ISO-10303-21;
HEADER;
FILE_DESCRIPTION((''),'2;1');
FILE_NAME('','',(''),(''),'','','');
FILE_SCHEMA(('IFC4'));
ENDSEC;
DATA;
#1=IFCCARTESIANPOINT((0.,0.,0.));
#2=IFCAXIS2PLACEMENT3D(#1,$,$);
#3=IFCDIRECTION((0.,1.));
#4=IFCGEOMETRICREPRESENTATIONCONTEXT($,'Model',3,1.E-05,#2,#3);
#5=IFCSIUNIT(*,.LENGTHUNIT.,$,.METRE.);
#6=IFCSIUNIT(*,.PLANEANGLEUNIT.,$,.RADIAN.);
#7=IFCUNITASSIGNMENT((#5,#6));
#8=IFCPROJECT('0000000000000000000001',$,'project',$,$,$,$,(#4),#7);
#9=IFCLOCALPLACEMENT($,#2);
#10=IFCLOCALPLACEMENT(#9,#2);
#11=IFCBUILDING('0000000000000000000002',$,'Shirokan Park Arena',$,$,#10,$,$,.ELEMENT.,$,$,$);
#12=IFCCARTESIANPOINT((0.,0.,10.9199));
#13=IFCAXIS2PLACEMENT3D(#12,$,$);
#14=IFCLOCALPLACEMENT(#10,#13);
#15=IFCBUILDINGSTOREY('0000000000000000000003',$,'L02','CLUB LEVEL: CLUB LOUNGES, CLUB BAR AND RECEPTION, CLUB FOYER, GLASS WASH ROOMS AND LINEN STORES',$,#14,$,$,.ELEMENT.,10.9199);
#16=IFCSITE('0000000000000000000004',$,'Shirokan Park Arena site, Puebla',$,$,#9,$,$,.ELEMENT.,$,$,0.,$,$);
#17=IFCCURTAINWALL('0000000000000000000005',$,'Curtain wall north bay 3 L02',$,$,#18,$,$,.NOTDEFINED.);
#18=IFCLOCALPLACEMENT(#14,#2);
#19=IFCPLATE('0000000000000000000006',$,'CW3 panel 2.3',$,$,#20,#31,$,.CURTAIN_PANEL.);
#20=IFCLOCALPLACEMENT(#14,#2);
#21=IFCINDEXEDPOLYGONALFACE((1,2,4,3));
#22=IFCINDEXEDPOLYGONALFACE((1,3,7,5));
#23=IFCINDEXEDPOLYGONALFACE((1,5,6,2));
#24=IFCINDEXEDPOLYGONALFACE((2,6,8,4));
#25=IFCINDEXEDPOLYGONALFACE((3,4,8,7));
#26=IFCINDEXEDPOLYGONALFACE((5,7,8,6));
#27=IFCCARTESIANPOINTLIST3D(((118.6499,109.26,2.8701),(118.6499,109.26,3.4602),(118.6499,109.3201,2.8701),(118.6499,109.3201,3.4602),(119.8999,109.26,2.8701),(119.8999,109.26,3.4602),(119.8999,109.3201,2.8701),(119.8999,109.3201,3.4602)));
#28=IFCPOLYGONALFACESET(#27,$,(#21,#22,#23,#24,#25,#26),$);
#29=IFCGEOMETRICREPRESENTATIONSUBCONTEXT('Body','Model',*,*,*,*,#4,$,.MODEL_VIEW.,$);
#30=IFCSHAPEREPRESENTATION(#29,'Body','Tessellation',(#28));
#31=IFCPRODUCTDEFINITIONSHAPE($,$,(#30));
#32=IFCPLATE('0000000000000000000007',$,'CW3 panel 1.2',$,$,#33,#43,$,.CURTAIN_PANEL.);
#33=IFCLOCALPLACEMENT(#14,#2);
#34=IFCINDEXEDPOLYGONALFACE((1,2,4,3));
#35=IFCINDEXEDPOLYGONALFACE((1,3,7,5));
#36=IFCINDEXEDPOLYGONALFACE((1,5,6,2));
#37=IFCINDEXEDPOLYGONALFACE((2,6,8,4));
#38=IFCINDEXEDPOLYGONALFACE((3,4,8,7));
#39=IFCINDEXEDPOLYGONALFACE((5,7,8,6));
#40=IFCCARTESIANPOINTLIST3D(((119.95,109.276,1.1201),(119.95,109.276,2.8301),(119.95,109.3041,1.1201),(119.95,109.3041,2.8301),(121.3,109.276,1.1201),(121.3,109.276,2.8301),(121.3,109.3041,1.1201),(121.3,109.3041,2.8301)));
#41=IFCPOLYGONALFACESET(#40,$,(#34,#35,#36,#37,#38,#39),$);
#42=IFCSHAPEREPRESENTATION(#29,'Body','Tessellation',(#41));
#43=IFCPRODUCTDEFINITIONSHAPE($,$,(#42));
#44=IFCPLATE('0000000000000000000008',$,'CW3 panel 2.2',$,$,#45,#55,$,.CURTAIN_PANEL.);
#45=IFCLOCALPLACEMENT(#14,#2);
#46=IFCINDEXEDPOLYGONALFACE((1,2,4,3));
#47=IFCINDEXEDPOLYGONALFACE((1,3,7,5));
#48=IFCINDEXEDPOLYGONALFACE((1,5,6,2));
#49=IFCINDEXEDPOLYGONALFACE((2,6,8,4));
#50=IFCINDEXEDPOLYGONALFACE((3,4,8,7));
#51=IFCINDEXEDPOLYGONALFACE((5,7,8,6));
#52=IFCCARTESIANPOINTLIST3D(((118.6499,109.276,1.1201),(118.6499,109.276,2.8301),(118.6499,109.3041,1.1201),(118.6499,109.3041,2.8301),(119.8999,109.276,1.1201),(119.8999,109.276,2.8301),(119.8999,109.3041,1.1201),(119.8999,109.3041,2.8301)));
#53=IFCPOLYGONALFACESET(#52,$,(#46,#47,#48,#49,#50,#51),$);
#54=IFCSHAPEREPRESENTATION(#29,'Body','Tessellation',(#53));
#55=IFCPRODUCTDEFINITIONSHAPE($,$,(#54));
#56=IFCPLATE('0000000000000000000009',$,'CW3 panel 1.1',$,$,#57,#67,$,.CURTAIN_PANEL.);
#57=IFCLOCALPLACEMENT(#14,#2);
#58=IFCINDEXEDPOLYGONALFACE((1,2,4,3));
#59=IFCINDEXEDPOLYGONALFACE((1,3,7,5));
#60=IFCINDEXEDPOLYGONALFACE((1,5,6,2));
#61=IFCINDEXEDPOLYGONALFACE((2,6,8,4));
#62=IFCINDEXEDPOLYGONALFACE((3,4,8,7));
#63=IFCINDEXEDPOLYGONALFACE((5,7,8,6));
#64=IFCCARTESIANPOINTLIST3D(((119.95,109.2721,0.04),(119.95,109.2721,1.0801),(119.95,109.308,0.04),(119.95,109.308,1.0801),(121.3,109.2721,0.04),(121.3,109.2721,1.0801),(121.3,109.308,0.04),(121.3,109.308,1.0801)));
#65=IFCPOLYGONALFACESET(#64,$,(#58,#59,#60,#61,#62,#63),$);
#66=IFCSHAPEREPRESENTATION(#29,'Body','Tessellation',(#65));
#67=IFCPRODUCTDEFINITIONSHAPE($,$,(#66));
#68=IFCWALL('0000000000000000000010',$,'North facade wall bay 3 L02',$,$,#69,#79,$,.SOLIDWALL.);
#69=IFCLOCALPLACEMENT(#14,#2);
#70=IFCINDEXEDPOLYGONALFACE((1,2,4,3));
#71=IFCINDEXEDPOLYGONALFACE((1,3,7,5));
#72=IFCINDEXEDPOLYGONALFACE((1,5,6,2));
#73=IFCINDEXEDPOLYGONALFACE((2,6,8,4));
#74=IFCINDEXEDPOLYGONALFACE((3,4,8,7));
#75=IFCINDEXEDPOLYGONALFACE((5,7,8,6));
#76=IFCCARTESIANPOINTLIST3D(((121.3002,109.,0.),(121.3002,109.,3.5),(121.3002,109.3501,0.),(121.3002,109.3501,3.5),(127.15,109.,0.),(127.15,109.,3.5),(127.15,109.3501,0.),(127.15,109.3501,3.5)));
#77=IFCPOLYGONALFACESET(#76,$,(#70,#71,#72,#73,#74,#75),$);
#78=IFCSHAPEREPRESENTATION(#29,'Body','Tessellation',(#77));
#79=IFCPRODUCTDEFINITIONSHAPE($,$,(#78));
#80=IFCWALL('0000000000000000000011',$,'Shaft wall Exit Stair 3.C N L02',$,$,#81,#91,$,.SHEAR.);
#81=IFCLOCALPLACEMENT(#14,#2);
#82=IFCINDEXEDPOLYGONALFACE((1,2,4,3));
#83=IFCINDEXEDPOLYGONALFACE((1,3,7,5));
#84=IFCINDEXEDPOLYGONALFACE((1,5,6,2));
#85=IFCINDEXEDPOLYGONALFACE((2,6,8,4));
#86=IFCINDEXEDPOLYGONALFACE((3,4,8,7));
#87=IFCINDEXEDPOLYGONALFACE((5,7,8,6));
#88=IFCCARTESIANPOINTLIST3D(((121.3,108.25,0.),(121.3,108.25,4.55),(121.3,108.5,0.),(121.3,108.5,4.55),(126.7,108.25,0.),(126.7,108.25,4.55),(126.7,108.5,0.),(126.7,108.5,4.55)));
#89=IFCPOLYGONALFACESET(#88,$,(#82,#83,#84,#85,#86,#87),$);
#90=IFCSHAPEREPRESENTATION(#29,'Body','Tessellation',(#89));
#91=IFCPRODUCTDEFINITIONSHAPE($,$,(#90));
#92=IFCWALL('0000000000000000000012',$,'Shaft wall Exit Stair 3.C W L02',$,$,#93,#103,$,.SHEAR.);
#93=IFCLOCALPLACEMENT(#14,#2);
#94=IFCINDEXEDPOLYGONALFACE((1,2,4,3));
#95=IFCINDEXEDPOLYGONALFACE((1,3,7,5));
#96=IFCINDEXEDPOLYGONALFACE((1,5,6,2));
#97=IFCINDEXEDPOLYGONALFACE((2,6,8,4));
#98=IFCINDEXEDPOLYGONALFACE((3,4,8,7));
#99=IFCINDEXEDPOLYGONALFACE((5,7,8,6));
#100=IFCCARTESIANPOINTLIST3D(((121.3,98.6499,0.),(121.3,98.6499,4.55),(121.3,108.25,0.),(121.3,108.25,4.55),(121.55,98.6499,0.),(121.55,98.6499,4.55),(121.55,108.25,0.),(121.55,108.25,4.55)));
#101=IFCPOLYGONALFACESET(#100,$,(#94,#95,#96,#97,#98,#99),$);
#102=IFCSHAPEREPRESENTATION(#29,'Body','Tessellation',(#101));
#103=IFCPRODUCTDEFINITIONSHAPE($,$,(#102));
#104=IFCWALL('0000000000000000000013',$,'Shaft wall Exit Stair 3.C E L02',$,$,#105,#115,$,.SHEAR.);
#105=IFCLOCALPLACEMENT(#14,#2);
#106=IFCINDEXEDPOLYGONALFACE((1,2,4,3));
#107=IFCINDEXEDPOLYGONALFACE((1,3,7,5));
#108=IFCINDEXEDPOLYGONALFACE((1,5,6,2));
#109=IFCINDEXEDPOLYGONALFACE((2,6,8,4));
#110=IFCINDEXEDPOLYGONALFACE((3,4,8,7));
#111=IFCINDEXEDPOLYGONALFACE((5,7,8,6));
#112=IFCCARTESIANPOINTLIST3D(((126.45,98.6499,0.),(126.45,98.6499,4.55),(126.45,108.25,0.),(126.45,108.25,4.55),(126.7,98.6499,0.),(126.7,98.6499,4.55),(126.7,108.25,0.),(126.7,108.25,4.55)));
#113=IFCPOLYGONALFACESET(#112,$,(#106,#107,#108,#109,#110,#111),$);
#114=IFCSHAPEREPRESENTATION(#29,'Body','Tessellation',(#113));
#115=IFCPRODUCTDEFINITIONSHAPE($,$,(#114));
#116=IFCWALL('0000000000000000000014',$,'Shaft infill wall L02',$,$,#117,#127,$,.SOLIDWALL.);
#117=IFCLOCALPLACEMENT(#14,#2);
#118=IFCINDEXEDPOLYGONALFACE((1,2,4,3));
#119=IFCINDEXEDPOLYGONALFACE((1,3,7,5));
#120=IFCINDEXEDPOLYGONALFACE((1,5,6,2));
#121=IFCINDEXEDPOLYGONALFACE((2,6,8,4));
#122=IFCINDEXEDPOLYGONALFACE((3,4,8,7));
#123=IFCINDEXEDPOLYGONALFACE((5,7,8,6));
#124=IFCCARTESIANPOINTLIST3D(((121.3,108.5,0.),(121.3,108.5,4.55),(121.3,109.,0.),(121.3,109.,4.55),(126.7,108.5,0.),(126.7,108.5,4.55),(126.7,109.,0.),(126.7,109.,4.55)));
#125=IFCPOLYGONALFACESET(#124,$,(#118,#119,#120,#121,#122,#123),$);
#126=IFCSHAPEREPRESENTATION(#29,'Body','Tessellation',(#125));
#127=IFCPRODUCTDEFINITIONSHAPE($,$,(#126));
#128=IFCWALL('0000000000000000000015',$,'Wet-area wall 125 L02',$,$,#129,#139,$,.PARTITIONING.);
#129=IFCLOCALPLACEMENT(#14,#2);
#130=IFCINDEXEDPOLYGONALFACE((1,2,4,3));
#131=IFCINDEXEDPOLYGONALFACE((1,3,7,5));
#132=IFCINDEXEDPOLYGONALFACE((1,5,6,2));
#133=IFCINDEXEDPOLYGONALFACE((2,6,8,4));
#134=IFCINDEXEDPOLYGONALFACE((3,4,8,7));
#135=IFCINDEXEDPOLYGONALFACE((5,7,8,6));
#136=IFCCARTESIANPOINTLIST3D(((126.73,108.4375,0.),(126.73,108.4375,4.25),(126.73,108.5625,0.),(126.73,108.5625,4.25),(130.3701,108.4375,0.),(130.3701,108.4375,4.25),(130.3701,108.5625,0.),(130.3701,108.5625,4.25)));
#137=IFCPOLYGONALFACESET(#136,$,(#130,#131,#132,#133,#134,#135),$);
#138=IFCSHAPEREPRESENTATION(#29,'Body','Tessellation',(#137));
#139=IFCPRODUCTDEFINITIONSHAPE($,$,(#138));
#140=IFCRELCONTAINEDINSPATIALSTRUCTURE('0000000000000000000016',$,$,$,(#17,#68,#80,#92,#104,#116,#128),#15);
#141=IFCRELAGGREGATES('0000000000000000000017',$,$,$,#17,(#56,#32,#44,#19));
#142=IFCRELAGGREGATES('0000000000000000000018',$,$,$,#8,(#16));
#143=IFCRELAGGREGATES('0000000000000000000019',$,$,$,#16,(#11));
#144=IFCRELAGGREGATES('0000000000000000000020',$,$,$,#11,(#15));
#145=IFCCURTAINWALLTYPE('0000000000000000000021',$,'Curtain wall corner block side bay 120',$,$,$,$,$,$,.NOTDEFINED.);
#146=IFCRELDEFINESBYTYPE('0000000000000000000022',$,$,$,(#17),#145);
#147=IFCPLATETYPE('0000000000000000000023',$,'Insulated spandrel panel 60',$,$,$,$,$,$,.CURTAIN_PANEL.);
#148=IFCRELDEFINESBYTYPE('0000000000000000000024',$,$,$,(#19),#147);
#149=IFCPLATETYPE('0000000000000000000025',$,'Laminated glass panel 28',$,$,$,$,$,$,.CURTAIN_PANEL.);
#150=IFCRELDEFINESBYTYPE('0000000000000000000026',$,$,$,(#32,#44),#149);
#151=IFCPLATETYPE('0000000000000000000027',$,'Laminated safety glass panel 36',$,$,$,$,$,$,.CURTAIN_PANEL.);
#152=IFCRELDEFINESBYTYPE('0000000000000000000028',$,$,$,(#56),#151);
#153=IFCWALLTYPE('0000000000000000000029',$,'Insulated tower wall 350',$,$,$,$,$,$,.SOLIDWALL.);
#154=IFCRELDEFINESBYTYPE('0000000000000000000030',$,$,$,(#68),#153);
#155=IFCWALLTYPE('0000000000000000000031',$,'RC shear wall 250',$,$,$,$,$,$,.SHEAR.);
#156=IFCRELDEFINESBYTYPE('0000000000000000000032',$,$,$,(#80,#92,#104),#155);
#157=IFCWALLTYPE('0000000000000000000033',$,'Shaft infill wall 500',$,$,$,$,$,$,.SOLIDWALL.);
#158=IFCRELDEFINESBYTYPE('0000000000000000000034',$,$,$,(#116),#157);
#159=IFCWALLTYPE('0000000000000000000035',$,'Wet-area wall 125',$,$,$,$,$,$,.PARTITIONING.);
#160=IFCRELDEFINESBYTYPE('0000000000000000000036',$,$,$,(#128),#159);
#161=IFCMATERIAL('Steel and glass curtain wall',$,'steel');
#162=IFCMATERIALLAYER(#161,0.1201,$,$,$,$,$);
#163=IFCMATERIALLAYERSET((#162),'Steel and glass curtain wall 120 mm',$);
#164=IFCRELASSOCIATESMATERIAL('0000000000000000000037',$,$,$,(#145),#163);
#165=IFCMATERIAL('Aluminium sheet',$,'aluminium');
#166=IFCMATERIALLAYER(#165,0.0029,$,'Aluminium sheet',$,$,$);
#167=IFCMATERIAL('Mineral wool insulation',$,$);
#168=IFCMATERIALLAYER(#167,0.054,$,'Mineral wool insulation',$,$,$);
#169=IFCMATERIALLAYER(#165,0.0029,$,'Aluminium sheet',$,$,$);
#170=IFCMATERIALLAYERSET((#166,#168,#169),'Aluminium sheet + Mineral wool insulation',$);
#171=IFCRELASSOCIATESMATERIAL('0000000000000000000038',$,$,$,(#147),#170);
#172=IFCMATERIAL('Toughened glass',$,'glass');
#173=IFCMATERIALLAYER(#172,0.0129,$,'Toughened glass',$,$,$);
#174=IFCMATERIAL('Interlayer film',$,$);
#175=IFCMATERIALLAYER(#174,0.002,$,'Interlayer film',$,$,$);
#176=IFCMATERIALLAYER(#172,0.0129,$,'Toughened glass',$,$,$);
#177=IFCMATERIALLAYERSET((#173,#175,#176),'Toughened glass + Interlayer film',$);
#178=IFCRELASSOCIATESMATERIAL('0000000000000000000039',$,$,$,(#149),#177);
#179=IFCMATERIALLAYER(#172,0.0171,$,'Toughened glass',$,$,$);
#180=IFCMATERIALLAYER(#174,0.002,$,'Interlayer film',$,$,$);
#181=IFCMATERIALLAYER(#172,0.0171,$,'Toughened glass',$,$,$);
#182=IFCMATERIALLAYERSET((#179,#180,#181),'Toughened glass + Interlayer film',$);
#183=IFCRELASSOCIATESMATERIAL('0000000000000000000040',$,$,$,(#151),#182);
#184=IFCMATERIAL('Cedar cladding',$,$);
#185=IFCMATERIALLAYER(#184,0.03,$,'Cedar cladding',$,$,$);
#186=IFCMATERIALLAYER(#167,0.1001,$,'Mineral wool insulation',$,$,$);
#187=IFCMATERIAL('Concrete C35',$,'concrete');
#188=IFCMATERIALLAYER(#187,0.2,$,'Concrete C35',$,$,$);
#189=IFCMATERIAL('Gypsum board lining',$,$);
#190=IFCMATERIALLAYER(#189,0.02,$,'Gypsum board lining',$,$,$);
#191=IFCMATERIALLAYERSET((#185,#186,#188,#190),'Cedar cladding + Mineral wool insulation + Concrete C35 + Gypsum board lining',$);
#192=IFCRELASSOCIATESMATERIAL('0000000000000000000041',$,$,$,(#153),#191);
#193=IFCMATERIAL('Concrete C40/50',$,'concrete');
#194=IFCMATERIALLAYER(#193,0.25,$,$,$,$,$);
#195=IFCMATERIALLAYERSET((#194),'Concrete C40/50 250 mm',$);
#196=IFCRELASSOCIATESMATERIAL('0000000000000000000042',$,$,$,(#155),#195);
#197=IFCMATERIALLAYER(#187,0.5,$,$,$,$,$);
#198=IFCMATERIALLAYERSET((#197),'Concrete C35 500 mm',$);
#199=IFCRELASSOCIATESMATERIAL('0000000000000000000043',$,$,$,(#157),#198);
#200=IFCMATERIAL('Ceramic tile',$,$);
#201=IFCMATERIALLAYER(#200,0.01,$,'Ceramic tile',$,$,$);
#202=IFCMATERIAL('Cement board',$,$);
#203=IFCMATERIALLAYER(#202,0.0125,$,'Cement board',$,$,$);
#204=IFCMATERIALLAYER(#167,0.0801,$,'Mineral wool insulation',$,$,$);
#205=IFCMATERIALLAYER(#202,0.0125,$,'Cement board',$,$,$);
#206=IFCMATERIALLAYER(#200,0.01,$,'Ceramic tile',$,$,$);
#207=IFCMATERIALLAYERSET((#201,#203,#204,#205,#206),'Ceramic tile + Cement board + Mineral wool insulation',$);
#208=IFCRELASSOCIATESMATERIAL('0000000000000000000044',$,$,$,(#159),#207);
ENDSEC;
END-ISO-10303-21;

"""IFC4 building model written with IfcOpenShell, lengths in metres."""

from ifc_helpers import new_model, si_unit, direction, frame, frame_2d, origin, origin_2d, place, context, subcontext, project, spatial, rectangle, extrude, material, layer, layer_set, type_object, element, aggregate, save


model = new_model("IFC4")

# Units and contexts
model_context = context("Model", 3, precision=1e-05, world=origin(), true_north=direction((0.0, 1.0)))
body_context = subcontext(model_context, "Body", "Model", "MODEL_VIEW")
ifc_project = project(units=[si_unit("LENGTHUNIT", "METRE"), si_unit("PLANEANGLEUNIT", "RADIAN")], contexts=[model_context])

# Site, building, storey
site_placement = place(None, origin())
site = spatial("IfcSite", under=ifc_project, at=site_placement, Name="Shirokan Park Arena site, Puebla", CompositionType="ELEMENT", RefElevation=0.0)
building_placement = place(site_placement, origin())
building = spatial("IfcBuilding", under=site, at=building_placement, Name="Shirokan Park Arena", CompositionType="ELEMENT")
storey_placement = place(building_placement, frame((0.0, 0.0, 10.9199)))
storey = spatial("IfcBuildingStorey", under=building, at=storey_placement, Name="L02", Description="CLUB LEVEL: CLUB LOUNGES, CLUB BAR AND RECEPTION, CLUB FOYER, GLASS WASH ROOMS AND LINEN STORES", CompositionType="ELEMENT", Elevation=10.9199)

# Shared definitions
ifc_material_1 = material(Name="Concrete C35", Category="concrete")

# Curtain wall, plates
ifc_material_2 = material(Name="Steel and glass curtain wall", Category="steel")
ifc_layer_1 = layer(ifc_material_2, 0.1201)
ifc_layer_set_1 = layer_set([ifc_layer_1], Name="Steel and glass curtain wall 120 mm")
curtain_wall_type = type_object("IfcCurtainWallType", Name="Curtain wall corner block side bay 120", PredefinedType="NOTDEFINED", material=ifc_layer_set_1)
curtain_wall_placement = place(storey_placement, origin())
curtain_wall = element("IfcCurtainWall", 1, at=curtain_wall_placement, inside=storey, type_object=curtain_wall_type, Name="Curtain wall north bay 3 L02", PredefinedType="NOTDEFINED")
ifc_material_3 = material(Name="Aluminium sheet", Category="aluminium")
ifc_layer_2 = layer(ifc_material_3, 0.0029, Name="Aluminium sheet")
ifc_material_4 = material(Name="Mineral wool insulation")
ifc_layer_3 = layer(ifc_material_4, 0.054, Name="Mineral wool insulation")
ifc_layer_4 = layer(ifc_material_3, 0.0029, Name="Aluminium sheet")
ifc_layer_set_2 = layer_set([ifc_layer_2, ifc_layer_3, ifc_layer_4], Name="Aluminium sheet + Mineral wool insulation")
plate_type_1 = type_object("IfcPlateType", Name="Insulated spandrel panel 60", PredefinedType="CURTAIN_PANEL", material=ifc_layer_set_2)
plate_1_placement = place(storey_placement, frame((119.2749, 109.29, 2.8701), z_axis=(0.0, 0.0, 1.0), x_axis=(-1.0, 0.0, 0.0)))
plate_1 = element("IfcPlate", 2, at=plate_1_placement, type_object=plate_type_1, Name="CW3 panel 2.3", PredefinedType="CURTAIN_PANEL", context=body_context, shape_type="SweptSolid", body=[
    extrude(rectangle(XDim=1.25, YDim=0.0601, at=origin_2d()), origin(), (0.0, 0.0, 1.0), 0.5901),
])
ifc_material_5 = material(Name="Toughened glass", Category="glass")
ifc_layer_5 = layer(ifc_material_5, 0.0129, Name="Toughened glass")
ifc_material_6 = material(Name="Interlayer film")
ifc_layer_6 = layer(ifc_material_6, 0.002, Name="Interlayer film")
ifc_layer_7 = layer(ifc_material_5, 0.0129, Name="Toughened glass")
ifc_layer_set_3 = layer_set([ifc_layer_5, ifc_layer_6, ifc_layer_7], Name="Toughened glass + Interlayer film")
plate_type_2 = type_object("IfcPlateType", Name="Laminated glass panel 28", PredefinedType="CURTAIN_PANEL", material=ifc_layer_set_3)
plate_2_placement = place(storey_placement, frame((120.625, 109.29, 1.1201), z_axis=(0.0, 0.0, 1.0), x_axis=(-1.0, 0.0, 0.0)))
plate_2 = element("IfcPlate", 3, at=plate_2_placement, type_object=plate_type_2, Name="CW3 panel 1.2", PredefinedType="CURTAIN_PANEL", context=body_context, shape_type="SweptSolid", body=[
    extrude(rectangle(XDim=1.3501, YDim=0.0281, at=origin_2d()), origin(), (0.0, 0.0, 1.0), 1.71),
])
plate_3_placement = place(storey_placement, frame((119.2749, 109.29, 1.1201), z_axis=(0.0, 0.0, 1.0), x_axis=(-1.0, 0.0, 0.0)))
plate_3 = element("IfcPlate", 4, at=plate_3_placement, type_object=plate_type_2, Name="CW3 panel 2.2", PredefinedType="CURTAIN_PANEL", context=body_context, shape_type="SweptSolid", body=[
    extrude(rectangle(XDim=1.25, YDim=0.0281, at=origin_2d()), origin(), (0.0, 0.0, 1.0), 1.71),
])
ifc_layer_8 = layer(ifc_material_5, 0.0171, Name="Toughened glass")
ifc_layer_9 = layer(ifc_material_6, 0.002, Name="Interlayer film")
ifc_layer_10 = layer(ifc_material_5, 0.0171, Name="Toughened glass")
ifc_layer_set_4 = layer_set([ifc_layer_8, ifc_layer_9, ifc_layer_10], Name="Toughened glass + Interlayer film")
plate_type_3 = type_object("IfcPlateType", Name="Laminated safety glass panel 36", PredefinedType="CURTAIN_PANEL", material=ifc_layer_set_4)
plate_4_placement = place(storey_placement, frame((120.625, 109.29, 0.04), z_axis=(0.0, 0.0, 1.0), x_axis=(-1.0, 0.0, 0.0)))
plate_4 = element("IfcPlate", 5, at=plate_4_placement, type_object=plate_type_3, Name="CW3 panel 1.1", PredefinedType="CURTAIN_PANEL", context=body_context, shape_type="SweptSolid", body=[
    extrude(rectangle(XDim=1.3501, YDim=0.0359, at=origin_2d()), origin(), (0.0, 0.0, 1.0), 1.04),
])
aggregate(curtain_wall, [plate_4, plate_2, plate_3, plate_1])

# Walls
ifc_material_7 = material(Name="Cedar cladding")
ifc_layer_11 = layer(ifc_material_7, 0.03, Name="Cedar cladding")
ifc_layer_12 = layer(ifc_material_4, 0.1001, Name="Mineral wool insulation")
ifc_layer_13 = layer(ifc_material_1, 0.2, Name="Concrete C35")
ifc_material_8 = material(Name="Gypsum board lining")
ifc_layer_14 = layer(ifc_material_8, 0.02, Name="Gypsum board lining")
ifc_layer_set_5 = layer_set([ifc_layer_11, ifc_layer_12, ifc_layer_13, ifc_layer_14], Name="Cedar cladding + Mineral wool insulation + Concrete C35 + Gypsum board lining")
wall_type_1 = type_object("IfcWallType", Name="Insulated tower wall 350", PredefinedType="SOLIDWALL", material=ifc_layer_set_5)
wall_1_placement = place(storey_placement, frame((127.1499, 109.175, 0.0), z_axis=(0.0, 0.0, 1.0), x_axis=(-1.0, 0.0, 0.0)))
element("IfcWall", 6, at=wall_1_placement, inside=storey, type_object=wall_type_1, Name="North facade wall bay 3 L02", PredefinedType="SOLIDWALL", context=body_context, shape_type="SweptSolid", body=[
    extrude(rectangle(XDim=5.8499, YDim=0.3501, at=frame_2d((2.9248, 0.0))), origin(), (0.0, 0.0, 1.0), 3.5),
])
ifc_material_9 = material(Name="Concrete C40/50", Category="concrete")
ifc_layer_15 = layer(ifc_material_9, 0.25)
ifc_layer_set_6 = layer_set([ifc_layer_15], Name="Concrete C40/50 250 mm")
wall_type_2 = type_object("IfcWallType", Name="RC shear wall 250", PredefinedType="SHEAR", material=ifc_layer_set_6)
wall_2_placement = place(storey_placement, frame((126.7, 108.375, 0.0), z_axis=(0.0, 0.0, 1.0), x_axis=(-1.0, 0.0, 0.0)))
element("IfcWall", 7, at=wall_2_placement, inside=storey, type_object=wall_type_2, Name="Shaft wall Exit Stair 3.C N L02", PredefinedType="SHEAR", context=body_context, shape_type="SweptSolid", body=[
    extrude(rectangle(XDim=5.3999, YDim=0.25, at=frame_2d((2.7, 0.0))), origin(), (0.0, 0.0, 1.0), 4.55),
])
for number, where, z_axis, x_axis, name in (
    (8, (121.425, 108.25, 0.0), (0.0, 0.0, 1.0), (0.0, -1.0, 0.0), "Shaft wall Exit Stair 3.C W L02"),
    (9, (126.575, 108.25, 0.0), (0.0, 0.0, 1.0), (0.0, -1.0, 0.0), "Shaft wall Exit Stair 3.C E L02"),
):
    element("IfcWall", number, at=place(storey_placement, frame(where, z_axis=z_axis, x_axis=x_axis)), inside=storey, type_object=wall_type_2, Name=name, PredefinedType="SHEAR", context=body_context, shape_type="SweptSolid", body=[
        extrude(rectangle(XDim=9.6001, YDim=0.25, at=frame_2d((4.8, 0.0))), origin(), (0.0, 0.0, 1.0), 4.55),
    ])
ifc_layer_16 = layer(ifc_material_1, 0.5)
ifc_layer_set_7 = layer_set([ifc_layer_16], Name="Concrete C35 500 mm")
wall_type_3 = type_object("IfcWallType", Name="Shaft infill wall 500", PredefinedType="SOLIDWALL", material=ifc_layer_set_7)
wall_3_placement = place(storey_placement, frame((121.3, 108.75, 0.0), z_axis=(0.0, 0.0, 1.0), x_axis=(1.0, 0.0, 0.0)))
element("IfcWall", 10, at=wall_3_placement, inside=storey, type_object=wall_type_3, Name="Shaft infill wall L02", PredefinedType="SOLIDWALL", context=body_context, shape_type="SweptSolid", body=[
    extrude(rectangle(XDim=5.3999, YDim=0.5, at=frame_2d((2.7, 0.0))), origin(), (0.0, 0.0, 1.0), 4.55),
])
ifc_material_10 = material(Name="Ceramic tile")
ifc_layer_17 = layer(ifc_material_10, 0.01, Name="Ceramic tile")
ifc_material_11 = material(Name="Cement board")
ifc_layer_18 = layer(ifc_material_11, 0.0125, Name="Cement board")
ifc_layer_19 = layer(ifc_material_4, 0.0801, Name="Mineral wool insulation")
ifc_layer_20 = layer(ifc_material_11, 0.0125, Name="Cement board")
ifc_layer_21 = layer(ifc_material_10, 0.01, Name="Ceramic tile")
ifc_layer_set_8 = layer_set([ifc_layer_17, ifc_layer_18, ifc_layer_19, ifc_layer_20, ifc_layer_21], Name="Ceramic tile + Cement board + Mineral wool insulation")
wall_type_4 = type_object("IfcWallType", Name="Wet-area wall 125", PredefinedType="PARTITIONING", material=ifc_layer_set_8)
wall_4_placement = place(storey_placement, frame((126.73, 108.5, 0.0), z_axis=(0.0, 0.0, 1.0), x_axis=(1.0, 0.0, 0.0)))
element("IfcWall", 11, at=wall_4_placement, inside=storey, type_object=wall_type_4, Name="Wet-area wall 125 L02", PredefinedType="PARTITIONING", context=body_context, shape_type="SweptSolid", body=[
    extrude(rectangle(XDim=3.6401, YDim=0.125, at=frame_2d((1.8201, 0.0))), origin(), (0.0, 0.0, 1.0), 4.25),
])

save(model, "model.ifc")
